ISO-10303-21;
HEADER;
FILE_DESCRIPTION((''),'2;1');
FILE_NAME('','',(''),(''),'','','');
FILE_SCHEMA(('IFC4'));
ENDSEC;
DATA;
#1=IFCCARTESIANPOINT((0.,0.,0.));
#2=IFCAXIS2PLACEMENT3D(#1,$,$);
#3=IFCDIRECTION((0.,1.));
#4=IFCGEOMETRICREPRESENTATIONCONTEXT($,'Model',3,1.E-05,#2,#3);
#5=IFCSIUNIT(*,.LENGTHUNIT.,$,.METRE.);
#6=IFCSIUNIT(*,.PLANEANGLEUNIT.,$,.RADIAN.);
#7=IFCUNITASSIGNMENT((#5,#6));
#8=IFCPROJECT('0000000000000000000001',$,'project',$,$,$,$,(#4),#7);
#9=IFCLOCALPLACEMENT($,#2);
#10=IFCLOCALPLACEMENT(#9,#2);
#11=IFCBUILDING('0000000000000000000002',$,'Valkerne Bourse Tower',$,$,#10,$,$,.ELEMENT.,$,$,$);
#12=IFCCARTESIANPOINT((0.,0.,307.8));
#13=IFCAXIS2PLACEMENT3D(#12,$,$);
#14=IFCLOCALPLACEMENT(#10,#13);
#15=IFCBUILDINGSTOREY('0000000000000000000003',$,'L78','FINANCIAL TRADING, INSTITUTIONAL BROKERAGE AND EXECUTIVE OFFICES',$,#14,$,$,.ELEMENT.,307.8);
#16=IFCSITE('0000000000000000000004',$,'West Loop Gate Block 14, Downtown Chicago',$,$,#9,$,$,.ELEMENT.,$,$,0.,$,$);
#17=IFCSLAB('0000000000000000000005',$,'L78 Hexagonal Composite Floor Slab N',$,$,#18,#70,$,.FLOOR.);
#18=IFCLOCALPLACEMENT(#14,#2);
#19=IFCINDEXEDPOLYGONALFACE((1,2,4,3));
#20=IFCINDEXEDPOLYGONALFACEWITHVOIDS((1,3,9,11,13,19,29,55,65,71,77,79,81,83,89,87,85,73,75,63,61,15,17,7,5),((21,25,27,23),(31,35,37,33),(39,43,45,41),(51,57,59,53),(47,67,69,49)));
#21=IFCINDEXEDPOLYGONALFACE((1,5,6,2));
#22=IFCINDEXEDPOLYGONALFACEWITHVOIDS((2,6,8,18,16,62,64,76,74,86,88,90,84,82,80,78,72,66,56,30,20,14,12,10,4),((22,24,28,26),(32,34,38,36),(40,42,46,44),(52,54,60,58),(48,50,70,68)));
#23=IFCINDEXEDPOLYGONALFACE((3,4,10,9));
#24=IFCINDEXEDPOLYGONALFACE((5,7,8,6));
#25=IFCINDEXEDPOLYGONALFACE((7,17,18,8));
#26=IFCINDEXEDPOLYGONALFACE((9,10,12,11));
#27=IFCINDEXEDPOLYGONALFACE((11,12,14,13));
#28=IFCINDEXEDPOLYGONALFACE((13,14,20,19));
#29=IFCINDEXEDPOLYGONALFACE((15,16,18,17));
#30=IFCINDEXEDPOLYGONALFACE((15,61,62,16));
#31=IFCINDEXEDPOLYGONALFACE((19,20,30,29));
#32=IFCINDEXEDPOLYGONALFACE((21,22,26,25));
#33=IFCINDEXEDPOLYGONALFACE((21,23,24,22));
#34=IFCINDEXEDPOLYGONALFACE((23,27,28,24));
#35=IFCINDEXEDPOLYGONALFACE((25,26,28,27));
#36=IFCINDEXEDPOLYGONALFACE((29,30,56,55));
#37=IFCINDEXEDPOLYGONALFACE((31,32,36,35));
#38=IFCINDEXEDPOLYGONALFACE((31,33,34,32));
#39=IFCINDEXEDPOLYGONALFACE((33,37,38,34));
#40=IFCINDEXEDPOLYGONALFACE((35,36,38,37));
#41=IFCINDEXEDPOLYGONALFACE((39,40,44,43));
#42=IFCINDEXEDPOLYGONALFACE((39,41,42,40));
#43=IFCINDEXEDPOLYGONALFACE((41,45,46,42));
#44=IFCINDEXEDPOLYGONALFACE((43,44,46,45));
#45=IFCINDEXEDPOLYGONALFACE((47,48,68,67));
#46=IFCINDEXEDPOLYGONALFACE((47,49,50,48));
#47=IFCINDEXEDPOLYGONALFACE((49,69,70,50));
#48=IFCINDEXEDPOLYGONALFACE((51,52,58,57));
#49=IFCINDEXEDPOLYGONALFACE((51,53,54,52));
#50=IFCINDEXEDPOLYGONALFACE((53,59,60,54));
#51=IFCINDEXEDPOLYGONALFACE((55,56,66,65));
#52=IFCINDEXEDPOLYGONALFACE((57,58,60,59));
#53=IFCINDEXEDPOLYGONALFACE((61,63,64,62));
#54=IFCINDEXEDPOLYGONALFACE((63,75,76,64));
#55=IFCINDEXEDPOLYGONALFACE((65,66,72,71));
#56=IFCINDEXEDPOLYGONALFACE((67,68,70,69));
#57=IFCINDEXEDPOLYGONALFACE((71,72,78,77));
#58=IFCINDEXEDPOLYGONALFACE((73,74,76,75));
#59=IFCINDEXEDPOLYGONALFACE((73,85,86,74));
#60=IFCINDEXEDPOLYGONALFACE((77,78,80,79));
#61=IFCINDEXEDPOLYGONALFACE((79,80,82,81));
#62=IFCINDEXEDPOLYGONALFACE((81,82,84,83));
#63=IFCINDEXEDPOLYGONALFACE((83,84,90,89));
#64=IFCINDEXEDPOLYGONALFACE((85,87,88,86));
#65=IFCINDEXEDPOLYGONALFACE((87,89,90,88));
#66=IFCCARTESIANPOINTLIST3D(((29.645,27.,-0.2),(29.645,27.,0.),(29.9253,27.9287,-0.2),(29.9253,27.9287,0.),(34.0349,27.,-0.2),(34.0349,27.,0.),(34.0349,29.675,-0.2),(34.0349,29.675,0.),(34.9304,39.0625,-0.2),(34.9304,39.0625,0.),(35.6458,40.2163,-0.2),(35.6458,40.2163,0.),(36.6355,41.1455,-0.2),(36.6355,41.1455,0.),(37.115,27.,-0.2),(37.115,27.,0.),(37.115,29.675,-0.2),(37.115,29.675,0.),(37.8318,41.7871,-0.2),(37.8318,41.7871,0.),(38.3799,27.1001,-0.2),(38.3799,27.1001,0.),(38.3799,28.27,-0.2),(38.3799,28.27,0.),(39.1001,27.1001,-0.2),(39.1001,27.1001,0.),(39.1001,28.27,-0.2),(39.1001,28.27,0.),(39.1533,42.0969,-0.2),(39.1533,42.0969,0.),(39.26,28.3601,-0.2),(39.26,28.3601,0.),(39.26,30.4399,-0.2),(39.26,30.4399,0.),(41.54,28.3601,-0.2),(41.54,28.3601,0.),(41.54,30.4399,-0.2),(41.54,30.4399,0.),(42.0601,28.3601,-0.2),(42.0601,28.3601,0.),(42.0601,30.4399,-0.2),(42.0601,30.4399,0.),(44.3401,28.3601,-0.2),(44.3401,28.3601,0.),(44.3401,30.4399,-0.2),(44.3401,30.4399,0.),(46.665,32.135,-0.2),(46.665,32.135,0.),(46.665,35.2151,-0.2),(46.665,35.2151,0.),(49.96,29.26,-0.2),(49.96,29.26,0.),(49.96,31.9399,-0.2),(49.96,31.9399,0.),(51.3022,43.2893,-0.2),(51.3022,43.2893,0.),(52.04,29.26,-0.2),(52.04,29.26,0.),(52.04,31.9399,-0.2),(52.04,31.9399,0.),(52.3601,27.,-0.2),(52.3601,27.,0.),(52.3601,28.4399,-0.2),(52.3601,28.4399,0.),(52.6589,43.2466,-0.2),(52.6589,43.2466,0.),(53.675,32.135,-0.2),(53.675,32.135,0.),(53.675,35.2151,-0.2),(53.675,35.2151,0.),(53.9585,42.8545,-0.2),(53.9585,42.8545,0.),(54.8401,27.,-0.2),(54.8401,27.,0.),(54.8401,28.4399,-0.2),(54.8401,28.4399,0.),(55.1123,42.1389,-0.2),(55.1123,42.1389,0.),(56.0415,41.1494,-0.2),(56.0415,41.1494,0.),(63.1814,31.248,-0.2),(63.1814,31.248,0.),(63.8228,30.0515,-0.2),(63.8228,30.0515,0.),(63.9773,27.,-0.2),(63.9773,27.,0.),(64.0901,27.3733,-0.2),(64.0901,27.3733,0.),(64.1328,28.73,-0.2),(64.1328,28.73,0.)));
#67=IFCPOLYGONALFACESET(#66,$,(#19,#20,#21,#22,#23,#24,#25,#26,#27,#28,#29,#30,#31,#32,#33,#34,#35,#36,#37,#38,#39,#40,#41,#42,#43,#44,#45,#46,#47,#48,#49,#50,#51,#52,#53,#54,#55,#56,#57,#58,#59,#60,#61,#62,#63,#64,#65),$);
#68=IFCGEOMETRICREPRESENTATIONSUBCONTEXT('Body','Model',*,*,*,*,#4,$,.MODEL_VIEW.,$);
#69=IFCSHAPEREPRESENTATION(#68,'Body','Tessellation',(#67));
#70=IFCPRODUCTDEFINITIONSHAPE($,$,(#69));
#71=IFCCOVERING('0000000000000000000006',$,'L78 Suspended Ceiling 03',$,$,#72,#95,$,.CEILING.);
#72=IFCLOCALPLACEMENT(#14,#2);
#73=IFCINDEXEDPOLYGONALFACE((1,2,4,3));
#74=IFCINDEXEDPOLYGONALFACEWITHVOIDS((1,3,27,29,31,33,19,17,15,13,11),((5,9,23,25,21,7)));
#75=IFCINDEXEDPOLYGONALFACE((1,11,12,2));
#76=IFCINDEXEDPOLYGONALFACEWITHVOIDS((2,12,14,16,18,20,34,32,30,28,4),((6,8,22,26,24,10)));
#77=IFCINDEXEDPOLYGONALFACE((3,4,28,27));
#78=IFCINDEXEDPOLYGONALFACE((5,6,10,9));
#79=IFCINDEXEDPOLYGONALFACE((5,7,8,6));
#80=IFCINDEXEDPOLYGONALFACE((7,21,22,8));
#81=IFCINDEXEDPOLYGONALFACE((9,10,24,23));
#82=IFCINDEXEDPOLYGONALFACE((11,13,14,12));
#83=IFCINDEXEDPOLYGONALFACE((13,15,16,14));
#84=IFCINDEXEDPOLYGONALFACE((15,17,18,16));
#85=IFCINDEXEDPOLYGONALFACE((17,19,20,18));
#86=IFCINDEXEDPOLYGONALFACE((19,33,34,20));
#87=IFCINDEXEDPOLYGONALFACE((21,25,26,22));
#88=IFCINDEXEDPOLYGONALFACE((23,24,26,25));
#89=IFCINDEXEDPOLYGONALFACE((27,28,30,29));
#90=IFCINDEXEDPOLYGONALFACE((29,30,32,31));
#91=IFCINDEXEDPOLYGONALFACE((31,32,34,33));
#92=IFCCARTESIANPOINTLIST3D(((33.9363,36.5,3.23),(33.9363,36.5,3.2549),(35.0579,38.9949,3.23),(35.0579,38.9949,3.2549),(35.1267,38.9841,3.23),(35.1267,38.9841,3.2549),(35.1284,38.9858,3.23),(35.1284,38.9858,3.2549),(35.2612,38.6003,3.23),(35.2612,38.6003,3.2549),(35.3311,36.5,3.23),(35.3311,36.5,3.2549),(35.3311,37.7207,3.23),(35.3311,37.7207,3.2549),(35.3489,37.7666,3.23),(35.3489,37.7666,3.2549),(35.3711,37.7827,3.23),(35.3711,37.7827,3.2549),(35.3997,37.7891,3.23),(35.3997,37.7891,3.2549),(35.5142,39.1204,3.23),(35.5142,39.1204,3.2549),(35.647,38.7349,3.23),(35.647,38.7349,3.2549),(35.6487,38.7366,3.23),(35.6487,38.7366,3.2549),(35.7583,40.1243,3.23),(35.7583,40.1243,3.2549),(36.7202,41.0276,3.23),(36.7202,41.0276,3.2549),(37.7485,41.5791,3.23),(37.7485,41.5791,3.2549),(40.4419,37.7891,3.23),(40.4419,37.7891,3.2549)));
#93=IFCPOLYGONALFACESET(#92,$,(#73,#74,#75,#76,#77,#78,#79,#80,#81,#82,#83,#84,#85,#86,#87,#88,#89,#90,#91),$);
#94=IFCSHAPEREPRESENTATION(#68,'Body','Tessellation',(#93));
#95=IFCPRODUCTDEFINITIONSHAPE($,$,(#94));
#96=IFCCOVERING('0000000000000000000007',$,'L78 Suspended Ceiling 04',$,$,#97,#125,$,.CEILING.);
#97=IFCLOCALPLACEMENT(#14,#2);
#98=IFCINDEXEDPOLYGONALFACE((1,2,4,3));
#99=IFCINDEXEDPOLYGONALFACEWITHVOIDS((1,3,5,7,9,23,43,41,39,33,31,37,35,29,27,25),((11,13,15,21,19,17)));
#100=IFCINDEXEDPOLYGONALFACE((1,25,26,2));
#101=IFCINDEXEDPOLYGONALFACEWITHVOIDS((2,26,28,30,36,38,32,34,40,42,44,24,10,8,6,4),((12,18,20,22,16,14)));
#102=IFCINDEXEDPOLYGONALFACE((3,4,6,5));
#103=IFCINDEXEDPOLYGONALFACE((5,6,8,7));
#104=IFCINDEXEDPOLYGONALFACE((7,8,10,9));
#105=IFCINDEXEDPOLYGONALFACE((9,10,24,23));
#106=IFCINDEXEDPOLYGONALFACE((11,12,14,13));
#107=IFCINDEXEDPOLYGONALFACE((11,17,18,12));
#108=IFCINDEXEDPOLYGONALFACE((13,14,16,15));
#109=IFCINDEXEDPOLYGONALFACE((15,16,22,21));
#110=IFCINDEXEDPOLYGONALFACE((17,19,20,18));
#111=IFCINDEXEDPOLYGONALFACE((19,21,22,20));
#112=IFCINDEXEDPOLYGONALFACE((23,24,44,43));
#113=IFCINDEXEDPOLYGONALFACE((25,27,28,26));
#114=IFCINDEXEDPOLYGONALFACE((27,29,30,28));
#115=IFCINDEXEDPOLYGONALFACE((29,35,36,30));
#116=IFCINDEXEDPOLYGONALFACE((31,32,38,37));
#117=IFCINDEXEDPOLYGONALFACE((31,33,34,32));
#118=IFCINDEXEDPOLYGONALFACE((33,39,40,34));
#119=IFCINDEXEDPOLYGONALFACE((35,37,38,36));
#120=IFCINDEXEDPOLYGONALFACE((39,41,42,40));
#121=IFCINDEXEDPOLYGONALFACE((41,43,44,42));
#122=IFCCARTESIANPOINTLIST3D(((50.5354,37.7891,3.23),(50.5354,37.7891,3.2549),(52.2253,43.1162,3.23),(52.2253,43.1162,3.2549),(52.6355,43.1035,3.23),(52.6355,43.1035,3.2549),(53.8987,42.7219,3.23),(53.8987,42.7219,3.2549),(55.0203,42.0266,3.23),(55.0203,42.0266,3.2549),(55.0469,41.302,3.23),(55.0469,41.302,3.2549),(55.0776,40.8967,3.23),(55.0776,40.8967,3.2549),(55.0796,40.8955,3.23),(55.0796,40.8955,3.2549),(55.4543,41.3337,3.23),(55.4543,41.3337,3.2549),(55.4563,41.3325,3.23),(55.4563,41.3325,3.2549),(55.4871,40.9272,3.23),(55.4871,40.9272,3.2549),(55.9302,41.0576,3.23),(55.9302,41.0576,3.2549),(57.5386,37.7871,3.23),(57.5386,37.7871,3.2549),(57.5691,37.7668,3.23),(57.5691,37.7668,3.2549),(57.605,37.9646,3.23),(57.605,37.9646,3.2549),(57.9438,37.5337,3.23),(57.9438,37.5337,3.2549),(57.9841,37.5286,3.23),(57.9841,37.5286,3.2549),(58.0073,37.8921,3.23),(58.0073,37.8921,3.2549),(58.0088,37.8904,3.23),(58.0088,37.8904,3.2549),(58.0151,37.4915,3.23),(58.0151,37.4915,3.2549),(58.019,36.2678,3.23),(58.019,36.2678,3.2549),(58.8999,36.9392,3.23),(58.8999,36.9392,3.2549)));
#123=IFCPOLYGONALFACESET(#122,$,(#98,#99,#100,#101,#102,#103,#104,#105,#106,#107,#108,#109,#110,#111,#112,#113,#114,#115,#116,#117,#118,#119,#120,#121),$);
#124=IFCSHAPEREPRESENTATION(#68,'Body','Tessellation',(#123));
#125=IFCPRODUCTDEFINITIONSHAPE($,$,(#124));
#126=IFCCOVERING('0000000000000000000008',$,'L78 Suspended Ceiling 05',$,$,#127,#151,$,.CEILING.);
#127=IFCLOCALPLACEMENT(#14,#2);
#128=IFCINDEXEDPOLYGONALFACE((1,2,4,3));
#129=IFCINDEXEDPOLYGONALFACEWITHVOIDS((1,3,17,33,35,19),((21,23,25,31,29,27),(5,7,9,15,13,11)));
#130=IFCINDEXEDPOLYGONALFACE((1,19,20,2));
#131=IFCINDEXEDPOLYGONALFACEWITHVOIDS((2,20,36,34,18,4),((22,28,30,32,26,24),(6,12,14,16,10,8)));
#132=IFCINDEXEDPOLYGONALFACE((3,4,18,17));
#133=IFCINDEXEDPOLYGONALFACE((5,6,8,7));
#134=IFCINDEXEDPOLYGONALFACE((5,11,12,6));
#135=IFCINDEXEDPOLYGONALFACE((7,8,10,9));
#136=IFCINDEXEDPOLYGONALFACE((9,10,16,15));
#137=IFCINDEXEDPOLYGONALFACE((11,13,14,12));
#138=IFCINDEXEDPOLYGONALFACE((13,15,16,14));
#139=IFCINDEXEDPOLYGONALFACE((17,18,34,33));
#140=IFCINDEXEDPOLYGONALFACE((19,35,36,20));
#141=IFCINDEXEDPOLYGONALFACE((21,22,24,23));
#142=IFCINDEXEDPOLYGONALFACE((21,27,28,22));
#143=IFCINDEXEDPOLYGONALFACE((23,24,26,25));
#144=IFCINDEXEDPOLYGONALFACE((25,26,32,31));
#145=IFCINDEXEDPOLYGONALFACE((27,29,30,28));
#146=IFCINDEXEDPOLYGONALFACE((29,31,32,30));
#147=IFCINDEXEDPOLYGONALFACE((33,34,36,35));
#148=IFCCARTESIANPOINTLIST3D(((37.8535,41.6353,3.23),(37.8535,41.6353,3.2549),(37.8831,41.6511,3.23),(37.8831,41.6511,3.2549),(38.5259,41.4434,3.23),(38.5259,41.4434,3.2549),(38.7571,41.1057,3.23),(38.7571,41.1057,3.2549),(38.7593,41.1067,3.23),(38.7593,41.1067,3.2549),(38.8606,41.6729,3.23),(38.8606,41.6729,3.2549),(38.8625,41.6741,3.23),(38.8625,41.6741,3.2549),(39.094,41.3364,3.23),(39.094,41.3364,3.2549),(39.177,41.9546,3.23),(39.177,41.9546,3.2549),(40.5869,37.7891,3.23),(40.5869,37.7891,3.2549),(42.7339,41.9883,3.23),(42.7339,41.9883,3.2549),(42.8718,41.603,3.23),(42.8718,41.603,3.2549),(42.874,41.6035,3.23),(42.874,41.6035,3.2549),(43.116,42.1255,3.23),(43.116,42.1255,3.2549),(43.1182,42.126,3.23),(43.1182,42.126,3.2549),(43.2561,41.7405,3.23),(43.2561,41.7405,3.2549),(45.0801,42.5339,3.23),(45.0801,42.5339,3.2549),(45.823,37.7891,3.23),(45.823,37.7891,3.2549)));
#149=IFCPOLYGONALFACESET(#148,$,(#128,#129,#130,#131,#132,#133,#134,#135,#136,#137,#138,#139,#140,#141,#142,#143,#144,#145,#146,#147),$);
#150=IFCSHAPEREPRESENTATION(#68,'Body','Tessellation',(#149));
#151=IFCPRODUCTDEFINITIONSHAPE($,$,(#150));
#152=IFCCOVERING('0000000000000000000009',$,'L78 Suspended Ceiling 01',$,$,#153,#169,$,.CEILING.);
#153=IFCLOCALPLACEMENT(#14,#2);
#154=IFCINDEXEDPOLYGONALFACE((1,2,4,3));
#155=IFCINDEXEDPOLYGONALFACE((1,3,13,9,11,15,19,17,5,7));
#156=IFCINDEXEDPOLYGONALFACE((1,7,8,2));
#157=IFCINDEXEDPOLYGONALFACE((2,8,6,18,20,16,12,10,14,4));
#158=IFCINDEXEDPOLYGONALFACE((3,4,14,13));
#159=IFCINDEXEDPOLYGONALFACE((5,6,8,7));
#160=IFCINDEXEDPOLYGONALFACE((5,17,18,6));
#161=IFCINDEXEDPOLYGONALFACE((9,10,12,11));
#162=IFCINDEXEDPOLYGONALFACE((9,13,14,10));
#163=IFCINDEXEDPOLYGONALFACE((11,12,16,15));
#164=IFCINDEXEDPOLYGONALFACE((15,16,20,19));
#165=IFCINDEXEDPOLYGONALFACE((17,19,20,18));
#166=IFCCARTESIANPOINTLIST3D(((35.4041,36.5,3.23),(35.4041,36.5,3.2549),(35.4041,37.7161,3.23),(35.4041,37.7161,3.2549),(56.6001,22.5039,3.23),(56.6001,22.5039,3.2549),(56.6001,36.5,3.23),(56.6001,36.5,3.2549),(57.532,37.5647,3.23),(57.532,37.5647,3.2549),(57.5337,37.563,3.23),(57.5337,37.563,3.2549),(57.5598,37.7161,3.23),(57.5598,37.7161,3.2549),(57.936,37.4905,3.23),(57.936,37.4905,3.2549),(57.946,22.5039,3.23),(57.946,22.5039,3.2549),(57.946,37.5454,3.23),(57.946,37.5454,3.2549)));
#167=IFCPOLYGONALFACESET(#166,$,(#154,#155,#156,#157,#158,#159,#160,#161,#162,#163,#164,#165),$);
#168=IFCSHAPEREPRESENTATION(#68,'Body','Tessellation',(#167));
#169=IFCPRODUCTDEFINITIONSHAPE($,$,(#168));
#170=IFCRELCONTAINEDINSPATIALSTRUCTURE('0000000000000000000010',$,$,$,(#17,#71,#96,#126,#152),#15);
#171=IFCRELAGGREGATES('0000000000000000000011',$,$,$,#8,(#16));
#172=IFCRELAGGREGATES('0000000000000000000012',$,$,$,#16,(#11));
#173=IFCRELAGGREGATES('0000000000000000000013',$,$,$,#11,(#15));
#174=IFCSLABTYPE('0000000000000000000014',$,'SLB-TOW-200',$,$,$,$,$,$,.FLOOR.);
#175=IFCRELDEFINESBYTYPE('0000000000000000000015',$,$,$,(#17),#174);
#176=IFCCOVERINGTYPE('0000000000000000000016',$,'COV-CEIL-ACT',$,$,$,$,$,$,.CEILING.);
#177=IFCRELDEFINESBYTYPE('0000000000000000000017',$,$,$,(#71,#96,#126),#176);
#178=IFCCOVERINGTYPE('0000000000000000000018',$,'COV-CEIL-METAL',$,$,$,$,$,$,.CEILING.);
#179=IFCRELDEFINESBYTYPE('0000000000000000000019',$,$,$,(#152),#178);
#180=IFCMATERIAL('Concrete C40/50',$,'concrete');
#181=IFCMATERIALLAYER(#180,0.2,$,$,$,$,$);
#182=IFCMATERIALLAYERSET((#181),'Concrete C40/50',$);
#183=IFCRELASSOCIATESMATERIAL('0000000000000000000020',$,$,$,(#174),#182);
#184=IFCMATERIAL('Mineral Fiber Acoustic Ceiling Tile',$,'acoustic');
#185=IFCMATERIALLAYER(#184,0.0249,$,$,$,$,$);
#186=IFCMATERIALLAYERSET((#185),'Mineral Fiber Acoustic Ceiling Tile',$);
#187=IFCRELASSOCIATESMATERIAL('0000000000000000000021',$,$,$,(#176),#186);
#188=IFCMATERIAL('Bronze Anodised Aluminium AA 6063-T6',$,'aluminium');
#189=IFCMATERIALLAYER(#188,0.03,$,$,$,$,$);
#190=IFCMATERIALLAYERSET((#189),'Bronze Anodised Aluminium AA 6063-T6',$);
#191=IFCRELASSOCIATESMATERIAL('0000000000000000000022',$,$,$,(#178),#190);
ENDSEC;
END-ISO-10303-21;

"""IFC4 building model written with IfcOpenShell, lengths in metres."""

from ifc_helpers import new_model, si_unit, direction, frame, origin, place, context, subcontext, project, spatial, polyline, outline, extrude, material, layer, layer_set, type_object, element, save


model = new_model("IFC4")

# Units and contexts
model_context = context("Model", 3, precision=1e-05, world=origin(), true_north=direction((0.0, 1.0)))
body_context = subcontext(model_context, "Body", "Model", "MODEL_VIEW")
ifc_project = project(units=[si_unit("LENGTHUNIT", "METRE"), si_unit("PLANEANGLEUNIT", "RADIAN")], contexts=[model_context])

# Site, building, storey
site_placement = place(None, origin())
site = spatial("IfcSite", under=ifc_project, at=site_placement, Name="West Loop Gate Block 14, Downtown Chicago", CompositionType="ELEMENT", RefElevation=0.0)
building_placement = place(site_placement, origin())
building = spatial("IfcBuilding", under=site, at=building_placement, Name="Valkerne Bourse Tower", CompositionType="ELEMENT")
storey_placement = place(building_placement, frame((0.0, 0.0, 307.8)))
storey = spatial("IfcBuildingStorey", under=building, at=storey_placement, Name="L78", Description="FINANCIAL TRADING, INSTITUTIONAL BROKERAGE AND EXECUTIVE OFFICES", CompositionType="ELEMENT", Elevation=307.8)

# Shared definitions
ifc_material_1 = material(Name="Concrete C40/50", Category="concrete")

# Slab
ifc_layer_1 = layer(ifc_material_1, 0.2)
ifc_layer_set_1 = layer_set([ifc_layer_1], Name="Concrete C40/50")
slab_type_1 = type_object("IfcSlabType", Name="SLB-TOW-200", PredefinedType="FLOOR", material=ifc_layer_set_1)
slab_1_placement = place(storey_placement, frame((0.0, 0.0, -0.2)))
element("IfcSlab", 1, at=slab_1_placement, inside=storey, type_object=slab_type_1, Name="L78 Hexagonal Composite Floor Slab N", PredefinedType="FLOOR", context=body_context, shape_type="SweptSolid", body=[
    extrude(outline(polyline([(29.9253, 27.9287), (34.9304, 39.0625), (35.6458, 40.2163), (36.6355, 41.1455), (37.8318, 41.7871), (39.1533, 42.0969), (51.3022, 43.2893), (52.6589, 43.2466), (53.9585, 42.8545), (55.1123, 42.1389), (56.0415, 41.1494), (63.1814, 31.248), (63.8228, 30.0515), (64.1328, 28.73), (64.0901, 27.3733), (63.9773, 27.0), (54.8401, 27.0), (54.8401, 28.4399), (52.3601, 28.4399), (52.3601, 27.0), (37.115, 27.0), (37.115, 29.675), (34.0349, 29.675), (34.0349, 27.0), (29.645, 27.0), (29.9253, 27.9287)]), holes=[polyline([(39.1001, 28.27), (38.3799, 28.27), (38.3799, 27.1001), (39.1001, 27.1001), (39.1001, 28.27)]), polyline([(41.54, 30.4399), (39.26, 30.4399), (39.26, 28.3601), (41.54, 28.3601), (41.54, 30.4399)]), polyline([(42.0601, 30.4399), (42.0601, 28.3601), (44.3401, 28.3601), (44.3401, 30.4399), (42.0601, 30.4399)]), polyline([(52.04, 31.9399), (49.96, 31.9399), (49.96, 29.26), (52.04, 29.26), (52.04, 31.9399)]), polyline([(53.675, 35.2151), (46.665, 35.2151), (46.665, 32.135), (53.675, 32.135), (53.675, 35.2151)])]), origin(), (0.0, 0.0, 1.0), 0.2),
])

# Coverings
ifc_material_2 = material(Name="Mineral Fiber Acoustic Ceiling Tile", Category="acoustic")
ifc_layer_2 = layer(ifc_material_2, 0.0249)
ifc_layer_set_2 = layer_set([ifc_layer_2], Name="Mineral Fiber Acoustic Ceiling Tile")
covering_type_1 = type_object("IfcCoveringType", Name="COV-CEIL-ACT", PredefinedType="CEILING", material=ifc_layer_set_2)
covering_1_placement = place(storey_placement, frame((0.0, 0.0, 3.23)))
element("IfcCovering", 2, at=covering_1_placement, inside=storey, type_object=covering_type_1, Name="L78 Suspended Ceiling 03", PredefinedType="CEILING", context=body_context, shape_type="SweptSolid", body=[
    extrude(outline(polyline([(36.7202, 41.0276), (37.7485, 41.5791), (40.4419, 37.7891), (35.3997, 37.7891), (35.3711, 37.7827), (35.3489, 37.7666), (35.3311, 37.7207), (35.3311, 36.5), (33.9363, 36.5), (35.0579, 38.9949), (35.7583, 40.1243), (36.7202, 41.0276)]), holes=[polyline([(35.647, 38.7349), (35.6487, 38.7366), (35.5142, 39.1204), (35.1284, 38.9858), (35.1267, 38.9841), (35.2612, 38.6003), (35.647, 38.7349)])]), origin(), (0.0, 0.0, 1.0), 0.0249),
])
covering_2_placement = place(storey_placement, frame((0.0, 0.0, 3.23)))
element("IfcCovering", 3, at=covering_2_placement, inside=storey, type_object=covering_type_1, Name="L78 Suspended Ceiling 04", PredefinedType="CEILING", context=body_context, shape_type="SweptSolid", body=[
    extrude(outline(polyline([(55.0203, 42.0266), (55.9302, 41.0576), (58.8999, 36.9392), (58.019, 36.2678), (58.0151, 37.4915), (57.9841, 37.5286), (57.9438, 37.5337), (58.0088, 37.8904), (58.0073, 37.8921), (57.605, 37.9646), (57.5691, 37.7668), (57.5386, 37.7871), (50.5354, 37.7891), (52.2253, 43.1162), (52.6355, 43.1035), (53.8987, 42.7219), (55.0203, 42.0266)]), holes=[polyline([(55.4563, 41.3325), (55.4543, 41.3337), (55.0469, 41.302), (55.0776, 40.8967), (55.0796, 40.8955), (55.4871, 40.9272), (55.4563, 41.3325)])]), origin(), (0.0, 0.0, 1.0), 0.0249),
])
covering_3_placement = place(storey_placement, frame((0.0, 0.0, 3.23)))
element("IfcCovering", 4, at=covering_3_placement, inside=storey, type_object=covering_type_1, Name="L78 Suspended Ceiling 05", PredefinedType="CEILING", context=body_context, shape_type="SweptSolid", body=[
    extrude(outline(polyline([(45.0801, 42.5339), (45.823, 37.7891), (40.5869, 37.7891), (37.8535, 41.6353), (37.8831, 41.6511), (39.177, 41.9546), (45.0801, 42.5339)]), holes=[polyline([(38.7593, 41.1067), (39.094, 41.3364), (38.8625, 41.6741), (38.8606, 41.6729), (38.5259, 41.4434), (38.7571, 41.1057), (38.7593, 41.1067)]), polyline([(43.2561, 41.7405), (43.1182, 42.126), (43.116, 42.1255), (42.7339, 41.9883), (42.8718, 41.603), (42.874, 41.6035), (43.2561, 41.7405)])]), origin(), (0.0, 0.0, 1.0), 0.0249),
])
ifc_material_3 = material(Name="Bronze Anodised Aluminium AA 6063-T6", Category="aluminium")
ifc_layer_3 = layer(ifc_material_3, 0.03)
ifc_layer_set_3 = layer_set([ifc_layer_3], Name="Bronze Anodised Aluminium AA 6063-T6")
covering_type_2 = type_object("IfcCoveringType", Name="COV-CEIL-METAL", PredefinedType="CEILING", material=ifc_layer_set_3)
covering_4_placement = place(storey_placement, frame((0.0, 0.0, 3.23)))
element("IfcCovering", 5, at=covering_4_placement, inside=storey, type_object=covering_type_2, Name="L78 Suspended Ceiling 01", PredefinedType="CEILING", context=body_context, shape_type="SweptSolid", body=[
    extrude(outline(polyline([(35.4041, 37.7161), (57.5598, 37.7161), (57.532, 37.5647), (57.5337, 37.563), (57.936, 37.4905), (57.946, 37.5454), (57.946, 22.5039), (56.6001, 22.5039), (56.6001, 36.5), (35.4041, 36.5), (35.4041, 37.7161)])), origin(), (0.0, 0.0, 1.0), 0.0249),
])

save(model, "model.ifc")
